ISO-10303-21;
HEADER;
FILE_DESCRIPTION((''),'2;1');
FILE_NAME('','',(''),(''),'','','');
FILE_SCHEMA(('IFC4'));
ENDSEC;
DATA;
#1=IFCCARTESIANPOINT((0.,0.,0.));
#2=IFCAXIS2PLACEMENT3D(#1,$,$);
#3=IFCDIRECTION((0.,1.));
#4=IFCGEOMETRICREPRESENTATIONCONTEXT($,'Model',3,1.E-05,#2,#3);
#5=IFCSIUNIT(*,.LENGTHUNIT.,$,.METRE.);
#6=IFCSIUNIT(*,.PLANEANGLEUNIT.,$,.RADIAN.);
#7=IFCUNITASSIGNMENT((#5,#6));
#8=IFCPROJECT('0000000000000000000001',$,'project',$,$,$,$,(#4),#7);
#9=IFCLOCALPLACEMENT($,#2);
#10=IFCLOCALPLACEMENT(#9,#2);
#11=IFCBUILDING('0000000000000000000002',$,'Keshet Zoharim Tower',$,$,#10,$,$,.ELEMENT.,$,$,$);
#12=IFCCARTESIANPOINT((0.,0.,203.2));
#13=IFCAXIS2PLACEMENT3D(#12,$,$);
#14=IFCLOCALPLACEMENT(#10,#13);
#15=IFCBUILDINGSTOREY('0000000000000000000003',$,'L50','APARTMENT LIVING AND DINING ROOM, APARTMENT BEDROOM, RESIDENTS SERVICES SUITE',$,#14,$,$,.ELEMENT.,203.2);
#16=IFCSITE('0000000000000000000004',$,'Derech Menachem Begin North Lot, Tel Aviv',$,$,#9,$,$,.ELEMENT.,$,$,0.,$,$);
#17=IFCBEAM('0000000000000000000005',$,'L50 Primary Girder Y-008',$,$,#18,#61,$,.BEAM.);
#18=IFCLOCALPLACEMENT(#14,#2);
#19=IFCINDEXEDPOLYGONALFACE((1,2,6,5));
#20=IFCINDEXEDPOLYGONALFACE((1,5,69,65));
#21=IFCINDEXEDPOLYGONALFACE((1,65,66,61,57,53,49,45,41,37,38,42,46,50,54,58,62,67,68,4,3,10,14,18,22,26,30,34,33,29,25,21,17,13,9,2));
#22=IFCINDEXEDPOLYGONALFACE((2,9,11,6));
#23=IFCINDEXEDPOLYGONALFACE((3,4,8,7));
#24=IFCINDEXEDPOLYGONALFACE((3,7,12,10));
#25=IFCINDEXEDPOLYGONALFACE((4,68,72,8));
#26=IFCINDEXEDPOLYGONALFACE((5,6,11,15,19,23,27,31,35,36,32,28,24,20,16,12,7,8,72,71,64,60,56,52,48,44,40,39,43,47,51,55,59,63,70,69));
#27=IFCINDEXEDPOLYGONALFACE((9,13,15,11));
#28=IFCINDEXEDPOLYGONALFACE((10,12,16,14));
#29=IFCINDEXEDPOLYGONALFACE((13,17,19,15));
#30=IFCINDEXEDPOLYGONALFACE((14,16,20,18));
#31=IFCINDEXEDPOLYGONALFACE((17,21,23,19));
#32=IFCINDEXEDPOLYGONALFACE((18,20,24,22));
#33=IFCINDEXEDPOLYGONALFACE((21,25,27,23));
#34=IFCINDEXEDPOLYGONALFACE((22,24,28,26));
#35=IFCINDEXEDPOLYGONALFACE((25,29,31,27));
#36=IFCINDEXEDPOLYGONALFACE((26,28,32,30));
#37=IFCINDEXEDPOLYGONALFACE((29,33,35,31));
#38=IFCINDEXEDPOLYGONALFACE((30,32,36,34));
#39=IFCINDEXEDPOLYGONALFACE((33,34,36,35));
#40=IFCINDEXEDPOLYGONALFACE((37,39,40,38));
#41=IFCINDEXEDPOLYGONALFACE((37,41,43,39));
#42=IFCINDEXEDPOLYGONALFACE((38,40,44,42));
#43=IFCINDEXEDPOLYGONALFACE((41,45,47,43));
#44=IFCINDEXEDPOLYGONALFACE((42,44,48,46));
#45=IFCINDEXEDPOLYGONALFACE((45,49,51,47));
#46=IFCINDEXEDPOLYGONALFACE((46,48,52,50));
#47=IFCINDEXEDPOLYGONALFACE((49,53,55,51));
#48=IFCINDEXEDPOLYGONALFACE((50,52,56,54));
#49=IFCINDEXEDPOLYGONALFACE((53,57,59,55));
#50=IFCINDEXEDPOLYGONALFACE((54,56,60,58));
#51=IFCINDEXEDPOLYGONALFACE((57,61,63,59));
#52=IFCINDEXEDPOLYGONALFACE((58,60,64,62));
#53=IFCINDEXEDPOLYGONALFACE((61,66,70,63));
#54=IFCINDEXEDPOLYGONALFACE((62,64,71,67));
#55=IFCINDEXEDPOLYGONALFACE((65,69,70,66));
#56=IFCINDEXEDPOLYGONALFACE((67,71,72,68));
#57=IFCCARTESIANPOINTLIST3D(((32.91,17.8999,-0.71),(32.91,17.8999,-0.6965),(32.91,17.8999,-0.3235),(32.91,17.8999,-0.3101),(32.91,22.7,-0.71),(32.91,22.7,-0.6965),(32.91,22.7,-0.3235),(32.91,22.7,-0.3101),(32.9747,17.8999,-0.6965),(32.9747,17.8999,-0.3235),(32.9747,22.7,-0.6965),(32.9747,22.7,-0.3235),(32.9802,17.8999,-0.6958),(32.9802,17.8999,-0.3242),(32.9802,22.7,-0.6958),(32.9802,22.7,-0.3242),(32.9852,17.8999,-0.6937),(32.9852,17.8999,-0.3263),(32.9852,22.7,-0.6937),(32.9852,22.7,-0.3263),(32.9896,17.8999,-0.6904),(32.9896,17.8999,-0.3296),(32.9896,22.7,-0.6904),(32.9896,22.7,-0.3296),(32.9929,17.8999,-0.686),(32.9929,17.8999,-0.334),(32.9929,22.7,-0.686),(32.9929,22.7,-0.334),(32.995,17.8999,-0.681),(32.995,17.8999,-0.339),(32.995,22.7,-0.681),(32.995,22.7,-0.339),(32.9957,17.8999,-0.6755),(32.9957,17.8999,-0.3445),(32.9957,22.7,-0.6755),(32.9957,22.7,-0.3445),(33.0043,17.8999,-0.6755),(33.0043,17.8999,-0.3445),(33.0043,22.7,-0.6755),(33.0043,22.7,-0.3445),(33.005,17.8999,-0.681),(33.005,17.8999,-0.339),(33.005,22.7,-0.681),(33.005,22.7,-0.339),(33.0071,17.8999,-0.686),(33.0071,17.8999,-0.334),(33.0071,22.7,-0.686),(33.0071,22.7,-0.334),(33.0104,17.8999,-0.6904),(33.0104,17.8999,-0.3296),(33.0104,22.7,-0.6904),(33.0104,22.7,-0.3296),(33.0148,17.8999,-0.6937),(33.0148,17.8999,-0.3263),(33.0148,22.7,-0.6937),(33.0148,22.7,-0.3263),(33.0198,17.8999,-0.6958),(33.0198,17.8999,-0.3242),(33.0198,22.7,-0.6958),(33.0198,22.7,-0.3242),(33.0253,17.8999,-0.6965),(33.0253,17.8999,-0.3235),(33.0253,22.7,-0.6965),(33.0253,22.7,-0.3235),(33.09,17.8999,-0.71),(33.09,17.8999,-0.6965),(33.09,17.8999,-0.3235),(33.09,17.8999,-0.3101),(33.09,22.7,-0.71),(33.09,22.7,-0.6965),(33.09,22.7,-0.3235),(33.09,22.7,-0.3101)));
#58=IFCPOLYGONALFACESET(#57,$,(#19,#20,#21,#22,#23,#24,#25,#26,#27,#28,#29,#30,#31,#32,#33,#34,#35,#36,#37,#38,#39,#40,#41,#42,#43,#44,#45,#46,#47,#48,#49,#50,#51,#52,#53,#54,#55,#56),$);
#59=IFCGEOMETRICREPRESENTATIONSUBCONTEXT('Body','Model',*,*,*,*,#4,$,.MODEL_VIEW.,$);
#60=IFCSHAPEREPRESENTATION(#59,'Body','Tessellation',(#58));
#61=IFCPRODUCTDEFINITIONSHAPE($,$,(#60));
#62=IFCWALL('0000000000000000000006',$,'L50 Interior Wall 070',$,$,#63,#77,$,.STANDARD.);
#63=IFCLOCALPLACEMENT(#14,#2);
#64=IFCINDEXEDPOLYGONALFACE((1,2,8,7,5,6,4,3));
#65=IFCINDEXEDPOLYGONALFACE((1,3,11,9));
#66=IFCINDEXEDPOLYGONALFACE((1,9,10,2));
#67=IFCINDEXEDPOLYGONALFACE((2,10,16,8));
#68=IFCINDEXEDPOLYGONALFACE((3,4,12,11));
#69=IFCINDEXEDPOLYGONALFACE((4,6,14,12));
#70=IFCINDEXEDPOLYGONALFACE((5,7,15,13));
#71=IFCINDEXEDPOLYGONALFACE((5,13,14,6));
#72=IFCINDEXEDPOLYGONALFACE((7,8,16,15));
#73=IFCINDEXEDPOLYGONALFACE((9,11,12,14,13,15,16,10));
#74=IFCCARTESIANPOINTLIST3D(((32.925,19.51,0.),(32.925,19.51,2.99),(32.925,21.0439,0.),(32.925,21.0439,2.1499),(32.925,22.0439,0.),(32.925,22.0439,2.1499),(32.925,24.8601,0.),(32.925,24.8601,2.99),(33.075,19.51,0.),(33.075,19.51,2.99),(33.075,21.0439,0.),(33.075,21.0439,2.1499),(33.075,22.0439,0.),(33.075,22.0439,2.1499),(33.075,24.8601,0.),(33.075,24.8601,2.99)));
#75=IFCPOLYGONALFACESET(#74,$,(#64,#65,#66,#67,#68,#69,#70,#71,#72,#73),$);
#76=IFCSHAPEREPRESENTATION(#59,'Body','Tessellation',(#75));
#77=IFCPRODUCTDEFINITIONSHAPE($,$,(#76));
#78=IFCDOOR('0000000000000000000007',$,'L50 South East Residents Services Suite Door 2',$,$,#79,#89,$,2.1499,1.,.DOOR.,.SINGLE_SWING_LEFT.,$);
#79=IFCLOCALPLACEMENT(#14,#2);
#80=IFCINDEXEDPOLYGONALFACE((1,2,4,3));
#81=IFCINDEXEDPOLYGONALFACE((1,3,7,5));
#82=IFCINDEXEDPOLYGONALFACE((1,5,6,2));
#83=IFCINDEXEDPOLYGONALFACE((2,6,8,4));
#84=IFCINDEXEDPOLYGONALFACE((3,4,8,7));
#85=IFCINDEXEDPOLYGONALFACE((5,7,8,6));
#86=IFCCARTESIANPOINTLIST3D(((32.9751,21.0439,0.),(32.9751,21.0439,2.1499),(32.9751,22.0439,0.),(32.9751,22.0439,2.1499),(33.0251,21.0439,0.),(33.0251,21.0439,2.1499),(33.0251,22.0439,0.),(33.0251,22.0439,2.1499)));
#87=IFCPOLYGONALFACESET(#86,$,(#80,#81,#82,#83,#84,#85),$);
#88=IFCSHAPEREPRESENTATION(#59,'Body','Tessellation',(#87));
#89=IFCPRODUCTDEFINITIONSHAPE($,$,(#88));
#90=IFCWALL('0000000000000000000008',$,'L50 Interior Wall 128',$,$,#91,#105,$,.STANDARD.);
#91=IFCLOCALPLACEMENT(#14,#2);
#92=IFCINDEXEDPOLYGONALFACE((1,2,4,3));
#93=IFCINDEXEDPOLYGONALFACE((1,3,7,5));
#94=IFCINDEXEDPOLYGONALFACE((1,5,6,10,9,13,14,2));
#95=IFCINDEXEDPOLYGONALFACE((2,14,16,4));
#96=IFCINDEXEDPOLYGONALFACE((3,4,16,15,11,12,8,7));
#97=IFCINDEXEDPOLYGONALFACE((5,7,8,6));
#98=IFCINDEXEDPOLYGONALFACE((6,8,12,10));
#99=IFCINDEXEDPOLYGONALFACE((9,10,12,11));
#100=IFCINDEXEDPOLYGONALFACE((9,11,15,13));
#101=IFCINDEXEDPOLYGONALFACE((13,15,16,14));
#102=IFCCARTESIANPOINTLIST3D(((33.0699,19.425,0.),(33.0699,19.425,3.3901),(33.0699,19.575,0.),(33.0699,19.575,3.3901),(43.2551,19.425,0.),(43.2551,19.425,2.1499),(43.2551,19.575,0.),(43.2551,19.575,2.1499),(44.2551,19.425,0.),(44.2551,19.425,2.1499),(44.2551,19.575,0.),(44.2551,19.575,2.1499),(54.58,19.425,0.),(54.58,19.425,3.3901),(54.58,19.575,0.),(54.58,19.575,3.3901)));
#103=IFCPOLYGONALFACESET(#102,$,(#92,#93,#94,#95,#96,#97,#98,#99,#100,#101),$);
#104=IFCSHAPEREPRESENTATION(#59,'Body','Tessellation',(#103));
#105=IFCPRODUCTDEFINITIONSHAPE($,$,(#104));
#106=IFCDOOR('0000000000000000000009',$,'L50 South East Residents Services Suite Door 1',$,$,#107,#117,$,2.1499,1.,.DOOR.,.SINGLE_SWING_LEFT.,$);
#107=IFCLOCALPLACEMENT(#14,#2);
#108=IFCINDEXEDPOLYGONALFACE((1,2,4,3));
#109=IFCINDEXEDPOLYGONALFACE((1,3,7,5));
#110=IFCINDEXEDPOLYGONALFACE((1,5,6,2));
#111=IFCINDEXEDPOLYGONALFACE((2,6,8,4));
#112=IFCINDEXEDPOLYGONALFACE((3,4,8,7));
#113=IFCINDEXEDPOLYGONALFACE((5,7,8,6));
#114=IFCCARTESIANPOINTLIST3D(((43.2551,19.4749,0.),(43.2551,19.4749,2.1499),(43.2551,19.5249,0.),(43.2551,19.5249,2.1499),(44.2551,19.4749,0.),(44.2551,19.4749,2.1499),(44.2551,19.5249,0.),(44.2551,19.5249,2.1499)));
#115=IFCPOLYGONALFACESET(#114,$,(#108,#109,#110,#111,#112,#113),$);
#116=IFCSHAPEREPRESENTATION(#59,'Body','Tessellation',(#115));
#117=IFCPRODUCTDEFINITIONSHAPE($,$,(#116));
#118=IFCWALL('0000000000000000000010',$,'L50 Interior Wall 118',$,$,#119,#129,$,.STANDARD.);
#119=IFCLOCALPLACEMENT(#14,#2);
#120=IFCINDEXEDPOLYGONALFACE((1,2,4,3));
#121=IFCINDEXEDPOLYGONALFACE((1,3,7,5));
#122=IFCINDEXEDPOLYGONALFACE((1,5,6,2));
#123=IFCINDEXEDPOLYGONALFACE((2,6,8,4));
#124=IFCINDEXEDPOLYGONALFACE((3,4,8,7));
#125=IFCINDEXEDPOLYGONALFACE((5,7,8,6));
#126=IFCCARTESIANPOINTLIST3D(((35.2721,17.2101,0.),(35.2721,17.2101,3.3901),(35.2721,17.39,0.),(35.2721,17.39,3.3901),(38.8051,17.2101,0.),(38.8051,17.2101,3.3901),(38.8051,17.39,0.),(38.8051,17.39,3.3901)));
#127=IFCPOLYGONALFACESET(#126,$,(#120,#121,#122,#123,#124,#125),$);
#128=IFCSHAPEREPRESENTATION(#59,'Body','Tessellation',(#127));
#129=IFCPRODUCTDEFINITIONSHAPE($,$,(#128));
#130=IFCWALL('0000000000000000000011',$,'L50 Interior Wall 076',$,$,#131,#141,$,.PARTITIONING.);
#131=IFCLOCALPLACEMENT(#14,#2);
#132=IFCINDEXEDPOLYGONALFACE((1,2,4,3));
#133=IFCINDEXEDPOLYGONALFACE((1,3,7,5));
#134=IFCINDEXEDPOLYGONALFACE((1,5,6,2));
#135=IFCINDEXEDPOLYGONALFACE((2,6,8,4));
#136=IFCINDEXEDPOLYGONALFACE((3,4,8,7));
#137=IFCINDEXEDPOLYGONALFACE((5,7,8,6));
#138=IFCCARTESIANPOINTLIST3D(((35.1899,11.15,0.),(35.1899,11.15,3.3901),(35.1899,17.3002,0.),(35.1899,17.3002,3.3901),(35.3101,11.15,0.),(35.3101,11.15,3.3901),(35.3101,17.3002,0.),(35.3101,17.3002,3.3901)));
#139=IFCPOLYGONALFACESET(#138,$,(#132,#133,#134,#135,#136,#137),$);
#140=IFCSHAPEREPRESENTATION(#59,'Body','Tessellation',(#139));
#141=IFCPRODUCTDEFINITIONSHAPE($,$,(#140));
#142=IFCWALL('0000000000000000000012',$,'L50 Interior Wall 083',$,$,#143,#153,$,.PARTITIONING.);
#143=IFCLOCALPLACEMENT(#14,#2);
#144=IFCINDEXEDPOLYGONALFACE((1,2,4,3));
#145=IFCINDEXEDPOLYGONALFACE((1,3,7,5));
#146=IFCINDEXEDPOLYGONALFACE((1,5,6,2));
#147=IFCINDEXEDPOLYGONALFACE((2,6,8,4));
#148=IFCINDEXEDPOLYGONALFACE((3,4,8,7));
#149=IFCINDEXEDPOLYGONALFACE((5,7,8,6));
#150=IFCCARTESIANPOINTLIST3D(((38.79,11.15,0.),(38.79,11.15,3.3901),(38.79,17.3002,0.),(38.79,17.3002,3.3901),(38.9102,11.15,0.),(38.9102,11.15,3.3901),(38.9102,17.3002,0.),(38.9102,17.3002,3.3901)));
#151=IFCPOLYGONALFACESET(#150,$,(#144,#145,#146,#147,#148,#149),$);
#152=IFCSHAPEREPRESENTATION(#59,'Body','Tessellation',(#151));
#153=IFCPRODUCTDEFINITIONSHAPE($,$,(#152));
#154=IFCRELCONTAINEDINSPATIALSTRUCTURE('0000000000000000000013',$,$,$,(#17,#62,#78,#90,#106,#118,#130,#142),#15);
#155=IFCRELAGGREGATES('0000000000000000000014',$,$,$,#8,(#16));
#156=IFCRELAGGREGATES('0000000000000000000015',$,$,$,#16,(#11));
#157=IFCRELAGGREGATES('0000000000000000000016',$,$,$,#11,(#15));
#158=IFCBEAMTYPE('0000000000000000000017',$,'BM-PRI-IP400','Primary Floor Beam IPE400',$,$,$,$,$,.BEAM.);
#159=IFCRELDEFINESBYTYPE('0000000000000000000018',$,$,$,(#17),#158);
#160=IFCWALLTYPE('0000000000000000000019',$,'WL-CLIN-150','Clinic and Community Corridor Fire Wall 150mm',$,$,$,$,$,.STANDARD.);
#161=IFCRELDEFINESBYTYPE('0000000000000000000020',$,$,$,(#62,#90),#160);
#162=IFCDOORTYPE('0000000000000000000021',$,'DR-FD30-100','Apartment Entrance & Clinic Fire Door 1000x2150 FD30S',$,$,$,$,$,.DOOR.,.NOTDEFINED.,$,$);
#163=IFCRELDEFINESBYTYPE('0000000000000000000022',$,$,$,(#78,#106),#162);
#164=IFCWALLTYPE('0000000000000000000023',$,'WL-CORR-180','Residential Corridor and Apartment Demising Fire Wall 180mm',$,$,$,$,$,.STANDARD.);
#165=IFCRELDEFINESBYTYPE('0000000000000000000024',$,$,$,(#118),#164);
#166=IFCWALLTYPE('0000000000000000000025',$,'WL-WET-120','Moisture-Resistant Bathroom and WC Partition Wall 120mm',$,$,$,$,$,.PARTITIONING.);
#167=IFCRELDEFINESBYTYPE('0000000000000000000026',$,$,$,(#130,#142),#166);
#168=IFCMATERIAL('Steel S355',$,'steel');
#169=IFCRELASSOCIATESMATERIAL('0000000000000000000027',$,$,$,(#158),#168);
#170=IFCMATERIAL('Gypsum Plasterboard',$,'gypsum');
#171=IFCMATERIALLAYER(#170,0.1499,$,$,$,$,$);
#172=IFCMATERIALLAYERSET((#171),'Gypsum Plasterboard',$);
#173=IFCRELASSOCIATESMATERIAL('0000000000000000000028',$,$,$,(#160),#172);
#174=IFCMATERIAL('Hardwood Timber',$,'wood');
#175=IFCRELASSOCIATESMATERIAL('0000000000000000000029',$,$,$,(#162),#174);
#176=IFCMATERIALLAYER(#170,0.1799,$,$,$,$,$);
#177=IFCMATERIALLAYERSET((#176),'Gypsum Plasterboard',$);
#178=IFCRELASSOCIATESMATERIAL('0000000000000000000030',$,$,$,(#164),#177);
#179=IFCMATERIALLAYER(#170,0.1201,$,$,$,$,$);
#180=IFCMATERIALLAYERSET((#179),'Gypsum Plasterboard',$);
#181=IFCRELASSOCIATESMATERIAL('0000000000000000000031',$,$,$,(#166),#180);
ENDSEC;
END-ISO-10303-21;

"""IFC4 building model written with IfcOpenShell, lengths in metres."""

from ifc_helpers import new_model, si_unit, direction, frame, frame_2d, origin, origin_2d, place, context, subcontext, project, spatial, rectangle, i_section, extrude, material, layer, layer_set, material_profile, profile_set, type_object, element, fill, save


model = new_model("IFC4")

# Units and contexts
model_context = context("Model", 3, precision=1e-05, world=origin(), true_north=direction((0.0, 1.0)))
body_context = subcontext(model_context, "Body", "Model", "MODEL_VIEW")
ifc_project = project(units=[si_unit("LENGTHUNIT", "METRE"), si_unit("PLANEANGLEUNIT", "RADIAN")], contexts=[model_context])

# Site, building, storey
site_placement = place(None, origin())
site = spatial("IfcSite", under=ifc_project, at=site_placement, Name="Derech Menachem Begin North Lot, Tel Aviv", CompositionType="ELEMENT", RefElevation=0.0)
building_placement = place(site_placement, origin())
building = spatial("IfcBuilding", under=site, at=building_placement, Name="Keshet Zoharim Tower", CompositionType="ELEMENT")
storey_placement = place(building_placement, frame((0.0, 0.0, 203.2)))
storey = spatial("IfcBuildingStorey", under=building, at=storey_placement, Name="L50", Description="APARTMENT LIVING AND DINING ROOM, APARTMENT BEDROOM, RESIDENTS SERVICES SUITE", CompositionType="ELEMENT", Elevation=203.2)

# Beam
ifc_material_1 = material(Name="Steel S355", Category="steel")
ifc_material_profile_1 = material_profile(ifc_material_1, i_section(OverallWidth=0.1799, OverallDepth=0.3999, WebThickness=0.0085, FlangeThickness=0.0134, FilletRadius=0.021, at=origin_2d()), Name="IPE400")
ifc_profile_set_1 = profile_set([ifc_material_profile_1], Name="Steel S355")
beam_type_1 = type_object("IfcBeamType", Name="BM-PRI-IP400", Description="Primary Floor Beam IPE400", PredefinedType="BEAM", material=ifc_profile_set_1)
beam_1_placement = place(storey_placement, frame((33.0, 17.8999, -0.51), z_axis=(0.0, 1.0, 0.0), x_axis=(-1.0, 0.0, 0.0)))
element("IfcBeam", 1, at=beam_1_placement, inside=storey, type_object=beam_type_1, Name="L50 Primary Girder Y-008", PredefinedType="BEAM", context=body_context, shape_type="SweptSolid", body=[
    extrude(i_section(OverallWidth=0.1799, OverallDepth=0.3999, WebThickness=0.0085, FlangeThickness=0.0134, FilletRadius=0.021, at=origin_2d()), origin(), (0.0, 0.0, 1.0), 4.8),
])

# Walls, openings, doors
ifc_material_2 = material(Name="Gypsum Plasterboard", Category="gypsum")
ifc_layer_1 = layer(ifc_material_2, 0.1499)
ifc_layer_set_1 = layer_set([ifc_layer_1], Name="Gypsum Plasterboard")
wall_type_1 = type_object("IfcWallType", Name="WL-CLIN-150", Description="Clinic and Community Corridor Fire Wall 150mm", PredefinedType="STANDARD", material=ifc_layer_set_1)
wall_1_placement = place(storey_placement, frame((33.0, 19.51, 0.0), z_axis=(0.0, 0.0, 1.0), x_axis=(0.0, 1.0, 0.0)))
wall_1 = element("IfcWall", 2, at=wall_1_placement, inside=storey, type_object=wall_type_1, Name="L50 Interior Wall 070", PredefinedType="STANDARD", context=body_context, shape_type="SweptSolid", body=[
    extrude(rectangle(XDim=5.3501, YDim=0.1499, at=frame_2d((2.675, 0.0))), origin(), (0.0, 0.0, 1.0), 2.99),
])
opening_1_placement = place(wall_1_placement, frame((1.5339, 0.0, 0.0)))
opening_1 = element("IfcOpeningElement", 3, at=opening_1_placement, cuts=wall_1, PredefinedType="OPENING", context=body_context, shape_type="SweptSolid", body=[
    extrude(rectangle(XDim=1.0, YDim=2.1499, at=frame_2d((0.5, 1.075))), frame((0.0, 0.085, 0.0), z_axis=(0.0, -1.0, 0.0), x_axis=(1.0, 0.0, 0.0)), (0.0, 0.0, 1.0), 0.1699),
])
ifc_material_3 = material(Name="Hardwood Timber", Category="wood")
door_type_1 = type_object("IfcDoorType", Name="DR-FD30-100", Description="Apartment Entrance & Clinic Fire Door 1000x2150 FD30S", OperationType="NOTDEFINED", PredefinedType="DOOR", material=ifc_material_3)
door_1_placement = place(opening_1_placement, origin())
door_1 = element("IfcDoor", 4, at=door_1_placement, inside=storey, type_object=door_type_1, Name="L50 South East Residents Services Suite Door 2", OperationType="SINGLE_SWING_LEFT", OverallHeight=2.1499, OverallWidth=1.0, PredefinedType="DOOR", context=body_context, shape_type="SweptSolid", body=[
    extrude(rectangle(XDim=1.0, YDim=2.1499, at=frame_2d((0.5, 1.075))), frame((0.0, 0.0249, 0.0), z_axis=(0.0, -1.0, 0.0), x_axis=(1.0, 0.0, 0.0)), (0.0, 0.0, 1.0), 0.05),
])
fill(opening_1, door_1)
wall_2_placement = place(storey_placement, frame((33.0701, 19.5, 0.0), z_axis=(0.0, 0.0, 1.0), x_axis=(1.0, 0.0, 0.0)))
wall_2 = element("IfcWall", 5, at=wall_2_placement, inside=storey, type_object=wall_type_1, Name="L50 Interior Wall 128", PredefinedType="STANDARD", context=body_context, shape_type="SweptSolid", body=[
    extrude(rectangle(XDim=21.51, YDim=0.1499, at=frame_2d((10.7549, 0.0))), origin(), (0.0, 0.0, 1.0), 3.3901),
])
opening_2_placement = place(wall_2_placement, frame((10.1851, 0.0, 0.0)))
opening_2 = element("IfcOpeningElement", 6, at=opening_2_placement, cuts=wall_2, PredefinedType="OPENING", context=body_context, shape_type="SweptSolid", body=[
    extrude(rectangle(XDim=1.0, YDim=2.1499, at=frame_2d((0.5, 1.075))), frame((0.0, 0.085, 0.0), z_axis=(0.0, -1.0, 0.0), x_axis=(1.0, 0.0, 0.0)), (0.0, 0.0, 1.0), 0.1699),
])
door_2_placement = place(opening_2_placement, origin())
door_2 = element("IfcDoor", 7, at=door_2_placement, inside=storey, type_object=door_type_1, Name="L50 South East Residents Services Suite Door 1", OperationType="SINGLE_SWING_LEFT", OverallHeight=2.1499, OverallWidth=1.0, PredefinedType="DOOR", context=body_context, shape_type="SweptSolid", body=[
    extrude(rectangle(XDim=1.0, YDim=2.1499, at=frame_2d((0.5, 1.075))), frame((0.0, 0.0249, 0.0), z_axis=(0.0, -1.0, 0.0), x_axis=(1.0, 0.0, 0.0)), (0.0, 0.0, 1.0), 0.05),
])
fill(opening_2, door_2)

# Wall
ifc_layer_2 = layer(ifc_material_2, 0.1799)
ifc_layer_set_2 = layer_set([ifc_layer_2], Name="Gypsum Plasterboard")
wall_type_2 = type_object("IfcWallType", Name="WL-CORR-180", Description="Residential Corridor and Apartment Demising Fire Wall 180mm", PredefinedType="STANDARD", material=ifc_layer_set_2)
wall_3_placement = place(storey_placement, frame((35.272, 17.3, 0.0), z_axis=(0.0, 0.0, 1.0), x_axis=(1.0, 0.0, 0.0)))
element("IfcWall", 8, at=wall_3_placement, inside=storey, type_object=wall_type_2, Name="L50 Interior Wall 118", PredefinedType="STANDARD", context=body_context, shape_type="SweptSolid", body=[
    extrude(rectangle(XDim=3.533, YDim=0.1799, at=frame_2d((1.7666, 0.0))), origin(), (0.0, 0.0, 1.0), 3.3901),
])

# Walls
ifc_layer_3 = layer(ifc_material_2, 0.1201)
ifc_layer_set_3 = layer_set([ifc_layer_3], Name="Gypsum Plasterboard")
wall_type_3 = type_object("IfcWallType", Name="WL-WET-120", Description="Moisture-Resistant Bathroom and WC Partition Wall 120mm", PredefinedType="PARTITIONING", material=ifc_layer_set_3)
for number, where, z_axis, x_axis, name in (
    (9, (35.25, 11.1499, 0.0), (0.0, 0.0, 1.0), (0.0, 1.0, 0.0), "L50 Interior Wall 076"),
    (10, (38.8501, 11.1499, 0.0), (0.0, 0.0, 1.0), (0.0, 1.0, 0.0), "L50 Interior Wall 083"),
):
    element("IfcWall", number, at=place(storey_placement, frame(where, z_axis=z_axis, x_axis=x_axis)), inside=storey, type_object=wall_type_3, Name=name, PredefinedType="PARTITIONING", context=body_context, shape_type="SweptSolid", body=[
        extrude(rectangle(XDim=6.1501, YDim=0.1201, at=frame_2d((3.0752, 0.0))), origin(), (0.0, 0.0, 1.0), 3.3901),
    ])

save(model, "model.ifc")
